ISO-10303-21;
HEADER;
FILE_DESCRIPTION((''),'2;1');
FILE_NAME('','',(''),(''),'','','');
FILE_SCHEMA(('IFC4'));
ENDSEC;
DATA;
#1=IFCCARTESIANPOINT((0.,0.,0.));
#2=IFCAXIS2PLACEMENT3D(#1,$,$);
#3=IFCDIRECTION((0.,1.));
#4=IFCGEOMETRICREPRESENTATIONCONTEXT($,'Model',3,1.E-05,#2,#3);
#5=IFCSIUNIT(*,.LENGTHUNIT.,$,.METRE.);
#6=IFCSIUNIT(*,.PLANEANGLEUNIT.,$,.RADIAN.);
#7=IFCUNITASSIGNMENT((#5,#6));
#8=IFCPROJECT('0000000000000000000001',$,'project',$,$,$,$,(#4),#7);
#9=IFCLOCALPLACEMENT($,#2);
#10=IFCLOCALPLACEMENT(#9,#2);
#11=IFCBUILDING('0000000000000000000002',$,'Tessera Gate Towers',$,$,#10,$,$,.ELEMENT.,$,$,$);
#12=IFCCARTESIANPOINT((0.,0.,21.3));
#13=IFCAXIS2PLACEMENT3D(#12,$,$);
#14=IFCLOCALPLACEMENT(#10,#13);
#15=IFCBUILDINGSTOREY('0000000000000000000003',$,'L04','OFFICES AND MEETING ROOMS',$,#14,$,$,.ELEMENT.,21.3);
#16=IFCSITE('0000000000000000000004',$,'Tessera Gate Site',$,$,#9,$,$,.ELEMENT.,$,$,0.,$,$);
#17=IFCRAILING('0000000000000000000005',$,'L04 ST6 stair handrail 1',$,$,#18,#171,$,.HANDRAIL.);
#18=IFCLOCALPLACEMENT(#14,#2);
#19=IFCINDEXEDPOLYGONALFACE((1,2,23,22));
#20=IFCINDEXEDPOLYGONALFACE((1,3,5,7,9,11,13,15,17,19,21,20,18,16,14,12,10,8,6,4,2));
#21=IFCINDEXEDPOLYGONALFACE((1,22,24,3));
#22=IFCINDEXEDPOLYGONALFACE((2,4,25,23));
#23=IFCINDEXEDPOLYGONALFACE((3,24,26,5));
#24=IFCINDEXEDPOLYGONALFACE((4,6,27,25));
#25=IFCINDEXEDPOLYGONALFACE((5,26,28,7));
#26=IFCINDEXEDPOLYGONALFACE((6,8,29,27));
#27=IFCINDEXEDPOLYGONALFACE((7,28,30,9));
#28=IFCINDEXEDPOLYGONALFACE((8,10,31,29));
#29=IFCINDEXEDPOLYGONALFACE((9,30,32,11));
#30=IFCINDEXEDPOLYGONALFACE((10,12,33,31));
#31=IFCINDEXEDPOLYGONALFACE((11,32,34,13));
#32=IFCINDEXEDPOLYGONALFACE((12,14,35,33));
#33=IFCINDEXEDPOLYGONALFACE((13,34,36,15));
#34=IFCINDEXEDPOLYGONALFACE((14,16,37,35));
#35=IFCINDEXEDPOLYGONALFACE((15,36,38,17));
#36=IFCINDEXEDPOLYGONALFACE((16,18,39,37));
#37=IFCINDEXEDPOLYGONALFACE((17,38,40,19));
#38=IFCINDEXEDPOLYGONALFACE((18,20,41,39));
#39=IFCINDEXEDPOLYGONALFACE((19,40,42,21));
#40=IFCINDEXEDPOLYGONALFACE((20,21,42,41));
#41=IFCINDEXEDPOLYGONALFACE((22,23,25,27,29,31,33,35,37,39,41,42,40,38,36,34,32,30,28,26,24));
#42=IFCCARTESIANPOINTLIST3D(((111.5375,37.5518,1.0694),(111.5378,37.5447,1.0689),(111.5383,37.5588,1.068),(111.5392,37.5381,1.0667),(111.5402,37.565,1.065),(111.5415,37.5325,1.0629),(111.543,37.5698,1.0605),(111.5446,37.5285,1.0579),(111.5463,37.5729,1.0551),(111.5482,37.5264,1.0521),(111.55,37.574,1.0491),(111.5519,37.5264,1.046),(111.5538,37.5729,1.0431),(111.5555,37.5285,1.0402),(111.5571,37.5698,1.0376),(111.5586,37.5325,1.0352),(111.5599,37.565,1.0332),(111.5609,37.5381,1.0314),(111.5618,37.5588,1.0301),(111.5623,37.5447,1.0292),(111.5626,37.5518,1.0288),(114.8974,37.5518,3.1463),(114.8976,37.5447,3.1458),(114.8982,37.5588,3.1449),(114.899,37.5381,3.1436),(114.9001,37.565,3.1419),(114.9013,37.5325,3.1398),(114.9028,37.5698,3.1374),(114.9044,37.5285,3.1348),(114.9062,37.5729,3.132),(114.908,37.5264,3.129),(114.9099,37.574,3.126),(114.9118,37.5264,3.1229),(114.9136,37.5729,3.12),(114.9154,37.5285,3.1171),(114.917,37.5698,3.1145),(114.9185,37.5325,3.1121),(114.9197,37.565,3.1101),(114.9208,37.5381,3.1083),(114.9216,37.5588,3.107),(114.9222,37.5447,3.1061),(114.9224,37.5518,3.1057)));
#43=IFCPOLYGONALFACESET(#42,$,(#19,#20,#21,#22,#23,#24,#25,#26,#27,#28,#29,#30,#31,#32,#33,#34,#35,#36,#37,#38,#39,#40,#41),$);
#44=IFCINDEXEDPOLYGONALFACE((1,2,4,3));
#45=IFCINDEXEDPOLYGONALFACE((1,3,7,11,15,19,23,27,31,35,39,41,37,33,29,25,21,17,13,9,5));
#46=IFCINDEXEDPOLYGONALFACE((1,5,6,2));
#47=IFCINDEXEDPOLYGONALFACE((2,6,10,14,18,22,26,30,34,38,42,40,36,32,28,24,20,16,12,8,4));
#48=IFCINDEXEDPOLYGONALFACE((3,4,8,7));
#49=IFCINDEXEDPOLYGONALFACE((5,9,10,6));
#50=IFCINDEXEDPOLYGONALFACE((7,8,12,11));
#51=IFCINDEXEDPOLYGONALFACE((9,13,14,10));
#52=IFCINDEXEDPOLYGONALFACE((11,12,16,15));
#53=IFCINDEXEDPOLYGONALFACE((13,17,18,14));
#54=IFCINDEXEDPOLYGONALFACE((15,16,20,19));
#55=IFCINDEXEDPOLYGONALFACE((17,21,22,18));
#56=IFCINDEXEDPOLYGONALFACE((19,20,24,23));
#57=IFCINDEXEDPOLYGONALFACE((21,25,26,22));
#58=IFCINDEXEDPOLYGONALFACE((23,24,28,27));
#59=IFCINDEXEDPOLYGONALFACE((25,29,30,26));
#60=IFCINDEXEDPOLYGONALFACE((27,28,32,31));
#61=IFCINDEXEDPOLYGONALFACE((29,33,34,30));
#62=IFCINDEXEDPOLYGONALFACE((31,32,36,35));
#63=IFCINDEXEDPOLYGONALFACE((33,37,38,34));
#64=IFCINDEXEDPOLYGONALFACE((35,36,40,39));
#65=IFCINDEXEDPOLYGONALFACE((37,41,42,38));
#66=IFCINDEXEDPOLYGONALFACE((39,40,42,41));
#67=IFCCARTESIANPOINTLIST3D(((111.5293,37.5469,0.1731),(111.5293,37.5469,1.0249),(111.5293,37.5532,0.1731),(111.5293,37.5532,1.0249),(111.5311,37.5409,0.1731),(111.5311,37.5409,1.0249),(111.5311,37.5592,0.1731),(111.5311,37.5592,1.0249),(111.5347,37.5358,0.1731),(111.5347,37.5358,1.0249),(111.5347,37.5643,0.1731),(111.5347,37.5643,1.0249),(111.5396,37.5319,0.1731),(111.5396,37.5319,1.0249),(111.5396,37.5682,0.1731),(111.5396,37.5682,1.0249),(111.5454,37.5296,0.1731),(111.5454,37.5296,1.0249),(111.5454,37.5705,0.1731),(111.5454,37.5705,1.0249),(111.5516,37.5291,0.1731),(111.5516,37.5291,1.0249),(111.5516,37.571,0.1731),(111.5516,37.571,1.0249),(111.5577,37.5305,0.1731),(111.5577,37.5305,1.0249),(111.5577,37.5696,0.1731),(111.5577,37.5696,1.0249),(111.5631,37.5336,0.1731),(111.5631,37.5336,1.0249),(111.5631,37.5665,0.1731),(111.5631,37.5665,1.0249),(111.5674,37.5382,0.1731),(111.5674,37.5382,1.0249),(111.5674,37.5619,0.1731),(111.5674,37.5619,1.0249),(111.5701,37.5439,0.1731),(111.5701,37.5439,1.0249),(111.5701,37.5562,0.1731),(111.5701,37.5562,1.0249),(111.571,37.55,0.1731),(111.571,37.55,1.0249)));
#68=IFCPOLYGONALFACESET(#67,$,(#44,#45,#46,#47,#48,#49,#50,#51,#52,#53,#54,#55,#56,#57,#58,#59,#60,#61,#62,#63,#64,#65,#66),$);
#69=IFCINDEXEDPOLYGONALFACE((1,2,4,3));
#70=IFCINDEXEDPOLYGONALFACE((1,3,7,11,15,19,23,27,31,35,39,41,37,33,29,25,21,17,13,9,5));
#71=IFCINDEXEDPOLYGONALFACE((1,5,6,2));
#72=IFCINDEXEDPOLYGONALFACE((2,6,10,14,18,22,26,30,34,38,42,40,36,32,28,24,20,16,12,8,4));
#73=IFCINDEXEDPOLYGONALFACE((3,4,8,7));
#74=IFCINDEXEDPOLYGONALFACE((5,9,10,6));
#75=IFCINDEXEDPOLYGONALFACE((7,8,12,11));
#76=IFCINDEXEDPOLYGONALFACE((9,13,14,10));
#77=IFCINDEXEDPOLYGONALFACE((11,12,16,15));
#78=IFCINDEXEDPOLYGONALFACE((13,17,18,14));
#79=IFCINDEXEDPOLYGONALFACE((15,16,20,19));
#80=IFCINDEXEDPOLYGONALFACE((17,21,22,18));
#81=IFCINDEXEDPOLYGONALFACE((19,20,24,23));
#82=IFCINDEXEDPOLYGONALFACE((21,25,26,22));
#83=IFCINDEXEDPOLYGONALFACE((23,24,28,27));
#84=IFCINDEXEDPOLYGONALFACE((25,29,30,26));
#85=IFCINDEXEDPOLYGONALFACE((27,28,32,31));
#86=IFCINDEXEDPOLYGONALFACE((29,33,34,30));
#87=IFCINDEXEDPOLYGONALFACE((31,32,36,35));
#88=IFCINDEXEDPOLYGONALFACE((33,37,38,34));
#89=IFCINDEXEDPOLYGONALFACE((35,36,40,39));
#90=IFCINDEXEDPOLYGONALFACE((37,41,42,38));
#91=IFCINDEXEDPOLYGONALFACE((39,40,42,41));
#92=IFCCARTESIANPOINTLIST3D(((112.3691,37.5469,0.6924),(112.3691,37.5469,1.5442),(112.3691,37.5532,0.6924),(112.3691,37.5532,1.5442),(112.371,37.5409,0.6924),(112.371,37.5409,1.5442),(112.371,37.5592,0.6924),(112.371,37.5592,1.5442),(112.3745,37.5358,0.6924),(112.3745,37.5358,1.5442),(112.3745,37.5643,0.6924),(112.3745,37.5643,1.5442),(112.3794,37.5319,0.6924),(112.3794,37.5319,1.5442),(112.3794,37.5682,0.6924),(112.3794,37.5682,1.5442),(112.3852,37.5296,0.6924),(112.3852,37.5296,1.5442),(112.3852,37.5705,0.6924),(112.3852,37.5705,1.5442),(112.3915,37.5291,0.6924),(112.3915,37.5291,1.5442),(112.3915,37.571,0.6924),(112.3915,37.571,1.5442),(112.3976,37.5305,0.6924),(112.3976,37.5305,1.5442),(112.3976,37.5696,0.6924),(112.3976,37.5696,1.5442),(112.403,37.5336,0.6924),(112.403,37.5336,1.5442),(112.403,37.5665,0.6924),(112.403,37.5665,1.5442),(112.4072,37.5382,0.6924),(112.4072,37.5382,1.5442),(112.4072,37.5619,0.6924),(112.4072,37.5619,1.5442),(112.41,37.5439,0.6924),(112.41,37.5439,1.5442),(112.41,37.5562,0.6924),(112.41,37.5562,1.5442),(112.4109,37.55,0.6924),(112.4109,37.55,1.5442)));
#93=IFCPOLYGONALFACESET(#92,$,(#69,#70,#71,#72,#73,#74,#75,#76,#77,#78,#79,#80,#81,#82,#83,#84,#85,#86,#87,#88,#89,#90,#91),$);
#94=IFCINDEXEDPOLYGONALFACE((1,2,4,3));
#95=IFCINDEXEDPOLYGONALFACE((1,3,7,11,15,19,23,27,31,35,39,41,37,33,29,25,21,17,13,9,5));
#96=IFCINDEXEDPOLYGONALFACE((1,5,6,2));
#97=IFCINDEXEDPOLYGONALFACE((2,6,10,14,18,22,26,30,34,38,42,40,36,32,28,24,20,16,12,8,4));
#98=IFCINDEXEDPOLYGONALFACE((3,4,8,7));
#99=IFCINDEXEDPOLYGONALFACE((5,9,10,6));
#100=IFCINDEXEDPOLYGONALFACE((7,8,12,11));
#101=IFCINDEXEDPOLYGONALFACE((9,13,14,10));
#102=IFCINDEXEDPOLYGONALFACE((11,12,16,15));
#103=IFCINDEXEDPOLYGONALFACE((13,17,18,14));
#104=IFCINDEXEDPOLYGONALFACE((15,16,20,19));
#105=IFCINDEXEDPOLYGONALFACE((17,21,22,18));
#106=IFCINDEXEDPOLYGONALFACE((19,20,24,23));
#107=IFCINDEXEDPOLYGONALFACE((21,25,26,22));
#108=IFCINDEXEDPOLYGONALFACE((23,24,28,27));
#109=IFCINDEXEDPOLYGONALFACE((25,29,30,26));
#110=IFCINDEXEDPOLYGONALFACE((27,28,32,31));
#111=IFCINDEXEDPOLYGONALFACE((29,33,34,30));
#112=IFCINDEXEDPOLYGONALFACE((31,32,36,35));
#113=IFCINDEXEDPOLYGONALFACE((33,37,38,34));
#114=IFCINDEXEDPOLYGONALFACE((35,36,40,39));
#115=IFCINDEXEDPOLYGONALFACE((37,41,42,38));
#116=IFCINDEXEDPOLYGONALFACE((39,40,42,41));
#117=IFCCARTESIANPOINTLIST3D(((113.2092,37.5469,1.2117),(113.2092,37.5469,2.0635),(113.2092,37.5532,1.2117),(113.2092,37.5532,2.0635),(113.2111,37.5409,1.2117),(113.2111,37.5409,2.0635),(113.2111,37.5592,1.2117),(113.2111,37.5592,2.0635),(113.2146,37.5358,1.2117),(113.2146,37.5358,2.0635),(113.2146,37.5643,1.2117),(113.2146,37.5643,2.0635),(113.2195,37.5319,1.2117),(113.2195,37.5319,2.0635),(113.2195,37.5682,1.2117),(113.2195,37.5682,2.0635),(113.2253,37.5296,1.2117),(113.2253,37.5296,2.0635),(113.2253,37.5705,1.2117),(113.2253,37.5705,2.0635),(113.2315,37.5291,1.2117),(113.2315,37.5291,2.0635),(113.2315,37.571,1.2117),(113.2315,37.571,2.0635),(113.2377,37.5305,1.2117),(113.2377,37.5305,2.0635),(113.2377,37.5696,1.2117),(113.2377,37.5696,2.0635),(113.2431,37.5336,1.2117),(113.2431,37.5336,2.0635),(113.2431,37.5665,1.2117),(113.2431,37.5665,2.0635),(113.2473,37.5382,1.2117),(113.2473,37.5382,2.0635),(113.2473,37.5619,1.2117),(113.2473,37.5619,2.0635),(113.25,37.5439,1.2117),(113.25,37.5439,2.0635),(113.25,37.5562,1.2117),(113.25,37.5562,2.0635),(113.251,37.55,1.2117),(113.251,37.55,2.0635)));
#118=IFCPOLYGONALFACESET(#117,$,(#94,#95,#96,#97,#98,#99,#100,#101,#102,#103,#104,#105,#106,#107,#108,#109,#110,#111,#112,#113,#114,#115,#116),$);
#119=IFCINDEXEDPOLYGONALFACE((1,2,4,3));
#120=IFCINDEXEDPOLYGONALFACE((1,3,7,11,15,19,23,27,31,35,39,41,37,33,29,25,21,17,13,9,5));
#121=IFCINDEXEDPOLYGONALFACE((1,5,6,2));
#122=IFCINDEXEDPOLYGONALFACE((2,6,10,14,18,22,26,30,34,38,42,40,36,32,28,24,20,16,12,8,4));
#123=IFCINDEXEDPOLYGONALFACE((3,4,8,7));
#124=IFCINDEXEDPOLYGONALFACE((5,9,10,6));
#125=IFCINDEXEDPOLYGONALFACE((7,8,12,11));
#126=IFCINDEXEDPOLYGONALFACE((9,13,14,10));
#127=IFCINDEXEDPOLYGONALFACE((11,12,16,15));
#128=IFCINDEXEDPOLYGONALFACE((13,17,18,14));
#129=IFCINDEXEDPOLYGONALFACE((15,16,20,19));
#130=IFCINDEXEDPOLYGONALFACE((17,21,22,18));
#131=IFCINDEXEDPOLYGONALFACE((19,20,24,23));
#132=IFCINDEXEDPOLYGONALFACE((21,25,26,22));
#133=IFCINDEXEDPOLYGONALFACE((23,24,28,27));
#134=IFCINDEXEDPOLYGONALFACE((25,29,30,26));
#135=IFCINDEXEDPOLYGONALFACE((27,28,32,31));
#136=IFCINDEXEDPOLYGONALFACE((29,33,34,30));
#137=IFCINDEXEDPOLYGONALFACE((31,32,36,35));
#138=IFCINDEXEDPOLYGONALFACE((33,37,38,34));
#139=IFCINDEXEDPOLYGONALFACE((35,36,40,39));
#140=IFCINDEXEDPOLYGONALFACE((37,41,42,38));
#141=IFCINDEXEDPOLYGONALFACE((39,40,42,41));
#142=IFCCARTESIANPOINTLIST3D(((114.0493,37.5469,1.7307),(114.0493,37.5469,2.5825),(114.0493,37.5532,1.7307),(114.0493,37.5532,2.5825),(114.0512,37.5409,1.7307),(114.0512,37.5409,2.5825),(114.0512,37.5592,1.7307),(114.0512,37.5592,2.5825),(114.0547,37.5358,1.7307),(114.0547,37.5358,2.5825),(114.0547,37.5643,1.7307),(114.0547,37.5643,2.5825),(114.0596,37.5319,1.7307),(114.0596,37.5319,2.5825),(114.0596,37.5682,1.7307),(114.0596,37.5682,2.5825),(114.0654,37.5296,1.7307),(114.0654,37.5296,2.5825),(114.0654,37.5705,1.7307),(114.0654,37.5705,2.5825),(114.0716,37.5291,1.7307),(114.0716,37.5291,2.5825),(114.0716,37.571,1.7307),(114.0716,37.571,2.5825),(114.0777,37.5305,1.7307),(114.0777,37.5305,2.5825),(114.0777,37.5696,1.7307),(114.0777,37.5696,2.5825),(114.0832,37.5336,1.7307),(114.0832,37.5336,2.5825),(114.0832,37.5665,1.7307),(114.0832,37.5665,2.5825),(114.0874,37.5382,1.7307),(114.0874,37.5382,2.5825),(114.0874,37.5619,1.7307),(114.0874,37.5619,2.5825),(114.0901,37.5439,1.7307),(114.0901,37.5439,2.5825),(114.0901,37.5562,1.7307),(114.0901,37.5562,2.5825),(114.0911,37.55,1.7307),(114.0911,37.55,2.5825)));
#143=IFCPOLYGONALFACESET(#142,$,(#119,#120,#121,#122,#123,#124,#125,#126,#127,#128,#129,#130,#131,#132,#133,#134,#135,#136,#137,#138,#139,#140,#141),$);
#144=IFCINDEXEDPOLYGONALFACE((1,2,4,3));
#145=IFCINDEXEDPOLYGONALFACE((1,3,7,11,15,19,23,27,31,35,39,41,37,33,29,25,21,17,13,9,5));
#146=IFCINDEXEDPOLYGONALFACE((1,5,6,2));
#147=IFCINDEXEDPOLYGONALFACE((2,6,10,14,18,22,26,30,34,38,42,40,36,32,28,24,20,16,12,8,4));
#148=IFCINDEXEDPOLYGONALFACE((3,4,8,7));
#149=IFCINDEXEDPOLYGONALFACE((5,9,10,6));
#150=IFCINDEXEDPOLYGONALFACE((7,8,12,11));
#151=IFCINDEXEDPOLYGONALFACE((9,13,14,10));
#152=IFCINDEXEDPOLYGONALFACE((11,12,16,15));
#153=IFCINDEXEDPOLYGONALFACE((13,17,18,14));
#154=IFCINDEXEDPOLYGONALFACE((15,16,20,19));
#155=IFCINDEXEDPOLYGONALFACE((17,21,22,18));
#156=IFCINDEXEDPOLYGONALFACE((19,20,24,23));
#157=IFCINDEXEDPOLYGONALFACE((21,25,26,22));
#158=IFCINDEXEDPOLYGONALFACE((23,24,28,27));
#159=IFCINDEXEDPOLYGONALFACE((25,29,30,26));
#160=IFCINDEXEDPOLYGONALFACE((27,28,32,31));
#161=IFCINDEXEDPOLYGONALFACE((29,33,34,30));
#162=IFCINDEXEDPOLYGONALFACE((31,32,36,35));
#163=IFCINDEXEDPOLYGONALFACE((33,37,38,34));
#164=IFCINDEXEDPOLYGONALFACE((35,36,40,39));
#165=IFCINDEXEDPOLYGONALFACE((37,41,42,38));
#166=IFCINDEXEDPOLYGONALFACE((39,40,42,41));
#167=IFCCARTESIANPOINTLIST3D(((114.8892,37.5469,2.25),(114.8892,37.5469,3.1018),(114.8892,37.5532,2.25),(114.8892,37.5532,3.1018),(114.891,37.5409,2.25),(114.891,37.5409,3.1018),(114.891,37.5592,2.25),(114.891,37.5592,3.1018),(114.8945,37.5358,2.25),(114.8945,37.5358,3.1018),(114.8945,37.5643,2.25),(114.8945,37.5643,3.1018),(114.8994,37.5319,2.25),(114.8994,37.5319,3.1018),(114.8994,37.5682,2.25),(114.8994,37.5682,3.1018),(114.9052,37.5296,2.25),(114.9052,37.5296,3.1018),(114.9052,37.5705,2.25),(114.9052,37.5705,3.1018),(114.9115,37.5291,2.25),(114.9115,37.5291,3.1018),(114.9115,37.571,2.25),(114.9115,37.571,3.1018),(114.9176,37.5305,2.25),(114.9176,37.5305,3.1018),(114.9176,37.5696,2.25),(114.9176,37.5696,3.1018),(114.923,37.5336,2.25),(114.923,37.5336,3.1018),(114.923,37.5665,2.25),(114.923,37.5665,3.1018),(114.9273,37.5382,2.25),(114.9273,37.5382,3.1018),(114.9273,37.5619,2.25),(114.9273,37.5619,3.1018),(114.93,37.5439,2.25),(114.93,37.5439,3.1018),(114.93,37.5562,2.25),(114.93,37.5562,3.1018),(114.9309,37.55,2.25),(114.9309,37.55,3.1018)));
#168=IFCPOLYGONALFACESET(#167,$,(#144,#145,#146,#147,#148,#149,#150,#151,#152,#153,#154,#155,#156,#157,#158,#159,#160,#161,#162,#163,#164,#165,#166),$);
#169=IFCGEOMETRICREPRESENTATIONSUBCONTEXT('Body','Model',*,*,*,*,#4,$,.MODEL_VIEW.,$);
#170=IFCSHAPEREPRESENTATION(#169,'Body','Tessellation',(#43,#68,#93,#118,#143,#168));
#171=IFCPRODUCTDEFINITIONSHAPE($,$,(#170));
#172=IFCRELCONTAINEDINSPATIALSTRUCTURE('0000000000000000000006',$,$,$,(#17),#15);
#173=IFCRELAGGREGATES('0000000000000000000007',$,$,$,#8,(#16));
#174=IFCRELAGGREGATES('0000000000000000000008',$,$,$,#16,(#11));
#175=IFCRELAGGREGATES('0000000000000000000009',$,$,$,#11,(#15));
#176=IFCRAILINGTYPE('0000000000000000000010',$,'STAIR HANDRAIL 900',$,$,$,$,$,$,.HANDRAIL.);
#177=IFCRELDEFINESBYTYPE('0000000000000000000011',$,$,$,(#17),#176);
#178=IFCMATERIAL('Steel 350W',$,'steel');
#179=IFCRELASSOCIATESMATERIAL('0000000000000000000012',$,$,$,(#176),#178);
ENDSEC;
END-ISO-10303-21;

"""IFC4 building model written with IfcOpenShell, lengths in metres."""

from ifc_helpers import new_model, si_unit, direction, frame, origin, origin_2d, place, context, subcontext, project, spatial, circle, extrude, material, type_object, element, save


model = new_model("IFC4")

# Units and contexts
model_context = context("Model", 3, precision=1e-05, world=origin(), true_north=direction((0.0, 1.0)))
body_context = subcontext(model_context, "Body", "Model", "MODEL_VIEW")
ifc_project = project(units=[si_unit("LENGTHUNIT", "METRE"), si_unit("PLANEANGLEUNIT", "RADIAN")], contexts=[model_context])

# Site, building, storey
site_placement = place(None, origin())
site = spatial("IfcSite", under=ifc_project, at=site_placement, Name="Tessera Gate Site", CompositionType="ELEMENT", RefElevation=0.0)
building_placement = place(site_placement, origin())
building = spatial("IfcBuilding", under=site, at=building_placement, Name="Tessera Gate Towers", CompositionType="ELEMENT")
storey_placement = place(building_placement, frame((0.0, 0.0, 21.3)))
storey = spatial("IfcBuildingStorey", under=building, at=storey_placement, Name="L04", Description="OFFICES AND MEETING ROOMS", CompositionType="ELEMENT", Elevation=21.3)

# Railing
ifc_material_1 = material(Name="Steel 350W", Category="steel")
railing_type_1 = type_object("IfcRailingType", Name="STAIR HANDRAIL 900", PredefinedType="HANDRAIL", material=ifc_material_1)
railing_1_placement = place(storey_placement, frame((111.55, 37.55, 0.1731)))
element("IfcRailing", 1, at=railing_1_placement, inside=storey, type_object=railing_type_1, Name="L04 ST6 stair handrail 1", PredefinedType="HANDRAIL", context=body_context, shape_type="SweptSolid", body=[
    extrude(circle(Radius=0.0239, at=origin_2d()), frame((0.0, 0.0, 0.876), z_axis=(0.850606, 0.0, 0.525803), x_axis=(0.0, 1.0, 0.0)), (0.0, 0.0, 1.0), 3.95),
    extrude(circle(Radius=0.021, at=origin_2d()), origin(), (0.0, 0.0, 1.0), 0.8518),
    extrude(circle(Radius=0.021, at=origin_2d()), frame((0.8398, 0.0, 0.5193)), (0.0, 0.0, 1.0), 0.8518),
    extrude(circle(Radius=0.021, at=origin_2d()), frame((1.6799, 0.0, 1.0386)), (0.0, 0.0, 1.0), 0.8518),
    extrude(circle(Radius=0.021, at=origin_2d()), frame((2.52, 0.0, 1.5576)), (0.0, 0.0, 1.0), 0.8518),
    extrude(circle(Radius=0.021, at=origin_2d()), frame((3.3599, 0.0, 2.0769)), (0.0, 0.0, 1.0), 0.8518),
])

save(model, "model.ifc")
